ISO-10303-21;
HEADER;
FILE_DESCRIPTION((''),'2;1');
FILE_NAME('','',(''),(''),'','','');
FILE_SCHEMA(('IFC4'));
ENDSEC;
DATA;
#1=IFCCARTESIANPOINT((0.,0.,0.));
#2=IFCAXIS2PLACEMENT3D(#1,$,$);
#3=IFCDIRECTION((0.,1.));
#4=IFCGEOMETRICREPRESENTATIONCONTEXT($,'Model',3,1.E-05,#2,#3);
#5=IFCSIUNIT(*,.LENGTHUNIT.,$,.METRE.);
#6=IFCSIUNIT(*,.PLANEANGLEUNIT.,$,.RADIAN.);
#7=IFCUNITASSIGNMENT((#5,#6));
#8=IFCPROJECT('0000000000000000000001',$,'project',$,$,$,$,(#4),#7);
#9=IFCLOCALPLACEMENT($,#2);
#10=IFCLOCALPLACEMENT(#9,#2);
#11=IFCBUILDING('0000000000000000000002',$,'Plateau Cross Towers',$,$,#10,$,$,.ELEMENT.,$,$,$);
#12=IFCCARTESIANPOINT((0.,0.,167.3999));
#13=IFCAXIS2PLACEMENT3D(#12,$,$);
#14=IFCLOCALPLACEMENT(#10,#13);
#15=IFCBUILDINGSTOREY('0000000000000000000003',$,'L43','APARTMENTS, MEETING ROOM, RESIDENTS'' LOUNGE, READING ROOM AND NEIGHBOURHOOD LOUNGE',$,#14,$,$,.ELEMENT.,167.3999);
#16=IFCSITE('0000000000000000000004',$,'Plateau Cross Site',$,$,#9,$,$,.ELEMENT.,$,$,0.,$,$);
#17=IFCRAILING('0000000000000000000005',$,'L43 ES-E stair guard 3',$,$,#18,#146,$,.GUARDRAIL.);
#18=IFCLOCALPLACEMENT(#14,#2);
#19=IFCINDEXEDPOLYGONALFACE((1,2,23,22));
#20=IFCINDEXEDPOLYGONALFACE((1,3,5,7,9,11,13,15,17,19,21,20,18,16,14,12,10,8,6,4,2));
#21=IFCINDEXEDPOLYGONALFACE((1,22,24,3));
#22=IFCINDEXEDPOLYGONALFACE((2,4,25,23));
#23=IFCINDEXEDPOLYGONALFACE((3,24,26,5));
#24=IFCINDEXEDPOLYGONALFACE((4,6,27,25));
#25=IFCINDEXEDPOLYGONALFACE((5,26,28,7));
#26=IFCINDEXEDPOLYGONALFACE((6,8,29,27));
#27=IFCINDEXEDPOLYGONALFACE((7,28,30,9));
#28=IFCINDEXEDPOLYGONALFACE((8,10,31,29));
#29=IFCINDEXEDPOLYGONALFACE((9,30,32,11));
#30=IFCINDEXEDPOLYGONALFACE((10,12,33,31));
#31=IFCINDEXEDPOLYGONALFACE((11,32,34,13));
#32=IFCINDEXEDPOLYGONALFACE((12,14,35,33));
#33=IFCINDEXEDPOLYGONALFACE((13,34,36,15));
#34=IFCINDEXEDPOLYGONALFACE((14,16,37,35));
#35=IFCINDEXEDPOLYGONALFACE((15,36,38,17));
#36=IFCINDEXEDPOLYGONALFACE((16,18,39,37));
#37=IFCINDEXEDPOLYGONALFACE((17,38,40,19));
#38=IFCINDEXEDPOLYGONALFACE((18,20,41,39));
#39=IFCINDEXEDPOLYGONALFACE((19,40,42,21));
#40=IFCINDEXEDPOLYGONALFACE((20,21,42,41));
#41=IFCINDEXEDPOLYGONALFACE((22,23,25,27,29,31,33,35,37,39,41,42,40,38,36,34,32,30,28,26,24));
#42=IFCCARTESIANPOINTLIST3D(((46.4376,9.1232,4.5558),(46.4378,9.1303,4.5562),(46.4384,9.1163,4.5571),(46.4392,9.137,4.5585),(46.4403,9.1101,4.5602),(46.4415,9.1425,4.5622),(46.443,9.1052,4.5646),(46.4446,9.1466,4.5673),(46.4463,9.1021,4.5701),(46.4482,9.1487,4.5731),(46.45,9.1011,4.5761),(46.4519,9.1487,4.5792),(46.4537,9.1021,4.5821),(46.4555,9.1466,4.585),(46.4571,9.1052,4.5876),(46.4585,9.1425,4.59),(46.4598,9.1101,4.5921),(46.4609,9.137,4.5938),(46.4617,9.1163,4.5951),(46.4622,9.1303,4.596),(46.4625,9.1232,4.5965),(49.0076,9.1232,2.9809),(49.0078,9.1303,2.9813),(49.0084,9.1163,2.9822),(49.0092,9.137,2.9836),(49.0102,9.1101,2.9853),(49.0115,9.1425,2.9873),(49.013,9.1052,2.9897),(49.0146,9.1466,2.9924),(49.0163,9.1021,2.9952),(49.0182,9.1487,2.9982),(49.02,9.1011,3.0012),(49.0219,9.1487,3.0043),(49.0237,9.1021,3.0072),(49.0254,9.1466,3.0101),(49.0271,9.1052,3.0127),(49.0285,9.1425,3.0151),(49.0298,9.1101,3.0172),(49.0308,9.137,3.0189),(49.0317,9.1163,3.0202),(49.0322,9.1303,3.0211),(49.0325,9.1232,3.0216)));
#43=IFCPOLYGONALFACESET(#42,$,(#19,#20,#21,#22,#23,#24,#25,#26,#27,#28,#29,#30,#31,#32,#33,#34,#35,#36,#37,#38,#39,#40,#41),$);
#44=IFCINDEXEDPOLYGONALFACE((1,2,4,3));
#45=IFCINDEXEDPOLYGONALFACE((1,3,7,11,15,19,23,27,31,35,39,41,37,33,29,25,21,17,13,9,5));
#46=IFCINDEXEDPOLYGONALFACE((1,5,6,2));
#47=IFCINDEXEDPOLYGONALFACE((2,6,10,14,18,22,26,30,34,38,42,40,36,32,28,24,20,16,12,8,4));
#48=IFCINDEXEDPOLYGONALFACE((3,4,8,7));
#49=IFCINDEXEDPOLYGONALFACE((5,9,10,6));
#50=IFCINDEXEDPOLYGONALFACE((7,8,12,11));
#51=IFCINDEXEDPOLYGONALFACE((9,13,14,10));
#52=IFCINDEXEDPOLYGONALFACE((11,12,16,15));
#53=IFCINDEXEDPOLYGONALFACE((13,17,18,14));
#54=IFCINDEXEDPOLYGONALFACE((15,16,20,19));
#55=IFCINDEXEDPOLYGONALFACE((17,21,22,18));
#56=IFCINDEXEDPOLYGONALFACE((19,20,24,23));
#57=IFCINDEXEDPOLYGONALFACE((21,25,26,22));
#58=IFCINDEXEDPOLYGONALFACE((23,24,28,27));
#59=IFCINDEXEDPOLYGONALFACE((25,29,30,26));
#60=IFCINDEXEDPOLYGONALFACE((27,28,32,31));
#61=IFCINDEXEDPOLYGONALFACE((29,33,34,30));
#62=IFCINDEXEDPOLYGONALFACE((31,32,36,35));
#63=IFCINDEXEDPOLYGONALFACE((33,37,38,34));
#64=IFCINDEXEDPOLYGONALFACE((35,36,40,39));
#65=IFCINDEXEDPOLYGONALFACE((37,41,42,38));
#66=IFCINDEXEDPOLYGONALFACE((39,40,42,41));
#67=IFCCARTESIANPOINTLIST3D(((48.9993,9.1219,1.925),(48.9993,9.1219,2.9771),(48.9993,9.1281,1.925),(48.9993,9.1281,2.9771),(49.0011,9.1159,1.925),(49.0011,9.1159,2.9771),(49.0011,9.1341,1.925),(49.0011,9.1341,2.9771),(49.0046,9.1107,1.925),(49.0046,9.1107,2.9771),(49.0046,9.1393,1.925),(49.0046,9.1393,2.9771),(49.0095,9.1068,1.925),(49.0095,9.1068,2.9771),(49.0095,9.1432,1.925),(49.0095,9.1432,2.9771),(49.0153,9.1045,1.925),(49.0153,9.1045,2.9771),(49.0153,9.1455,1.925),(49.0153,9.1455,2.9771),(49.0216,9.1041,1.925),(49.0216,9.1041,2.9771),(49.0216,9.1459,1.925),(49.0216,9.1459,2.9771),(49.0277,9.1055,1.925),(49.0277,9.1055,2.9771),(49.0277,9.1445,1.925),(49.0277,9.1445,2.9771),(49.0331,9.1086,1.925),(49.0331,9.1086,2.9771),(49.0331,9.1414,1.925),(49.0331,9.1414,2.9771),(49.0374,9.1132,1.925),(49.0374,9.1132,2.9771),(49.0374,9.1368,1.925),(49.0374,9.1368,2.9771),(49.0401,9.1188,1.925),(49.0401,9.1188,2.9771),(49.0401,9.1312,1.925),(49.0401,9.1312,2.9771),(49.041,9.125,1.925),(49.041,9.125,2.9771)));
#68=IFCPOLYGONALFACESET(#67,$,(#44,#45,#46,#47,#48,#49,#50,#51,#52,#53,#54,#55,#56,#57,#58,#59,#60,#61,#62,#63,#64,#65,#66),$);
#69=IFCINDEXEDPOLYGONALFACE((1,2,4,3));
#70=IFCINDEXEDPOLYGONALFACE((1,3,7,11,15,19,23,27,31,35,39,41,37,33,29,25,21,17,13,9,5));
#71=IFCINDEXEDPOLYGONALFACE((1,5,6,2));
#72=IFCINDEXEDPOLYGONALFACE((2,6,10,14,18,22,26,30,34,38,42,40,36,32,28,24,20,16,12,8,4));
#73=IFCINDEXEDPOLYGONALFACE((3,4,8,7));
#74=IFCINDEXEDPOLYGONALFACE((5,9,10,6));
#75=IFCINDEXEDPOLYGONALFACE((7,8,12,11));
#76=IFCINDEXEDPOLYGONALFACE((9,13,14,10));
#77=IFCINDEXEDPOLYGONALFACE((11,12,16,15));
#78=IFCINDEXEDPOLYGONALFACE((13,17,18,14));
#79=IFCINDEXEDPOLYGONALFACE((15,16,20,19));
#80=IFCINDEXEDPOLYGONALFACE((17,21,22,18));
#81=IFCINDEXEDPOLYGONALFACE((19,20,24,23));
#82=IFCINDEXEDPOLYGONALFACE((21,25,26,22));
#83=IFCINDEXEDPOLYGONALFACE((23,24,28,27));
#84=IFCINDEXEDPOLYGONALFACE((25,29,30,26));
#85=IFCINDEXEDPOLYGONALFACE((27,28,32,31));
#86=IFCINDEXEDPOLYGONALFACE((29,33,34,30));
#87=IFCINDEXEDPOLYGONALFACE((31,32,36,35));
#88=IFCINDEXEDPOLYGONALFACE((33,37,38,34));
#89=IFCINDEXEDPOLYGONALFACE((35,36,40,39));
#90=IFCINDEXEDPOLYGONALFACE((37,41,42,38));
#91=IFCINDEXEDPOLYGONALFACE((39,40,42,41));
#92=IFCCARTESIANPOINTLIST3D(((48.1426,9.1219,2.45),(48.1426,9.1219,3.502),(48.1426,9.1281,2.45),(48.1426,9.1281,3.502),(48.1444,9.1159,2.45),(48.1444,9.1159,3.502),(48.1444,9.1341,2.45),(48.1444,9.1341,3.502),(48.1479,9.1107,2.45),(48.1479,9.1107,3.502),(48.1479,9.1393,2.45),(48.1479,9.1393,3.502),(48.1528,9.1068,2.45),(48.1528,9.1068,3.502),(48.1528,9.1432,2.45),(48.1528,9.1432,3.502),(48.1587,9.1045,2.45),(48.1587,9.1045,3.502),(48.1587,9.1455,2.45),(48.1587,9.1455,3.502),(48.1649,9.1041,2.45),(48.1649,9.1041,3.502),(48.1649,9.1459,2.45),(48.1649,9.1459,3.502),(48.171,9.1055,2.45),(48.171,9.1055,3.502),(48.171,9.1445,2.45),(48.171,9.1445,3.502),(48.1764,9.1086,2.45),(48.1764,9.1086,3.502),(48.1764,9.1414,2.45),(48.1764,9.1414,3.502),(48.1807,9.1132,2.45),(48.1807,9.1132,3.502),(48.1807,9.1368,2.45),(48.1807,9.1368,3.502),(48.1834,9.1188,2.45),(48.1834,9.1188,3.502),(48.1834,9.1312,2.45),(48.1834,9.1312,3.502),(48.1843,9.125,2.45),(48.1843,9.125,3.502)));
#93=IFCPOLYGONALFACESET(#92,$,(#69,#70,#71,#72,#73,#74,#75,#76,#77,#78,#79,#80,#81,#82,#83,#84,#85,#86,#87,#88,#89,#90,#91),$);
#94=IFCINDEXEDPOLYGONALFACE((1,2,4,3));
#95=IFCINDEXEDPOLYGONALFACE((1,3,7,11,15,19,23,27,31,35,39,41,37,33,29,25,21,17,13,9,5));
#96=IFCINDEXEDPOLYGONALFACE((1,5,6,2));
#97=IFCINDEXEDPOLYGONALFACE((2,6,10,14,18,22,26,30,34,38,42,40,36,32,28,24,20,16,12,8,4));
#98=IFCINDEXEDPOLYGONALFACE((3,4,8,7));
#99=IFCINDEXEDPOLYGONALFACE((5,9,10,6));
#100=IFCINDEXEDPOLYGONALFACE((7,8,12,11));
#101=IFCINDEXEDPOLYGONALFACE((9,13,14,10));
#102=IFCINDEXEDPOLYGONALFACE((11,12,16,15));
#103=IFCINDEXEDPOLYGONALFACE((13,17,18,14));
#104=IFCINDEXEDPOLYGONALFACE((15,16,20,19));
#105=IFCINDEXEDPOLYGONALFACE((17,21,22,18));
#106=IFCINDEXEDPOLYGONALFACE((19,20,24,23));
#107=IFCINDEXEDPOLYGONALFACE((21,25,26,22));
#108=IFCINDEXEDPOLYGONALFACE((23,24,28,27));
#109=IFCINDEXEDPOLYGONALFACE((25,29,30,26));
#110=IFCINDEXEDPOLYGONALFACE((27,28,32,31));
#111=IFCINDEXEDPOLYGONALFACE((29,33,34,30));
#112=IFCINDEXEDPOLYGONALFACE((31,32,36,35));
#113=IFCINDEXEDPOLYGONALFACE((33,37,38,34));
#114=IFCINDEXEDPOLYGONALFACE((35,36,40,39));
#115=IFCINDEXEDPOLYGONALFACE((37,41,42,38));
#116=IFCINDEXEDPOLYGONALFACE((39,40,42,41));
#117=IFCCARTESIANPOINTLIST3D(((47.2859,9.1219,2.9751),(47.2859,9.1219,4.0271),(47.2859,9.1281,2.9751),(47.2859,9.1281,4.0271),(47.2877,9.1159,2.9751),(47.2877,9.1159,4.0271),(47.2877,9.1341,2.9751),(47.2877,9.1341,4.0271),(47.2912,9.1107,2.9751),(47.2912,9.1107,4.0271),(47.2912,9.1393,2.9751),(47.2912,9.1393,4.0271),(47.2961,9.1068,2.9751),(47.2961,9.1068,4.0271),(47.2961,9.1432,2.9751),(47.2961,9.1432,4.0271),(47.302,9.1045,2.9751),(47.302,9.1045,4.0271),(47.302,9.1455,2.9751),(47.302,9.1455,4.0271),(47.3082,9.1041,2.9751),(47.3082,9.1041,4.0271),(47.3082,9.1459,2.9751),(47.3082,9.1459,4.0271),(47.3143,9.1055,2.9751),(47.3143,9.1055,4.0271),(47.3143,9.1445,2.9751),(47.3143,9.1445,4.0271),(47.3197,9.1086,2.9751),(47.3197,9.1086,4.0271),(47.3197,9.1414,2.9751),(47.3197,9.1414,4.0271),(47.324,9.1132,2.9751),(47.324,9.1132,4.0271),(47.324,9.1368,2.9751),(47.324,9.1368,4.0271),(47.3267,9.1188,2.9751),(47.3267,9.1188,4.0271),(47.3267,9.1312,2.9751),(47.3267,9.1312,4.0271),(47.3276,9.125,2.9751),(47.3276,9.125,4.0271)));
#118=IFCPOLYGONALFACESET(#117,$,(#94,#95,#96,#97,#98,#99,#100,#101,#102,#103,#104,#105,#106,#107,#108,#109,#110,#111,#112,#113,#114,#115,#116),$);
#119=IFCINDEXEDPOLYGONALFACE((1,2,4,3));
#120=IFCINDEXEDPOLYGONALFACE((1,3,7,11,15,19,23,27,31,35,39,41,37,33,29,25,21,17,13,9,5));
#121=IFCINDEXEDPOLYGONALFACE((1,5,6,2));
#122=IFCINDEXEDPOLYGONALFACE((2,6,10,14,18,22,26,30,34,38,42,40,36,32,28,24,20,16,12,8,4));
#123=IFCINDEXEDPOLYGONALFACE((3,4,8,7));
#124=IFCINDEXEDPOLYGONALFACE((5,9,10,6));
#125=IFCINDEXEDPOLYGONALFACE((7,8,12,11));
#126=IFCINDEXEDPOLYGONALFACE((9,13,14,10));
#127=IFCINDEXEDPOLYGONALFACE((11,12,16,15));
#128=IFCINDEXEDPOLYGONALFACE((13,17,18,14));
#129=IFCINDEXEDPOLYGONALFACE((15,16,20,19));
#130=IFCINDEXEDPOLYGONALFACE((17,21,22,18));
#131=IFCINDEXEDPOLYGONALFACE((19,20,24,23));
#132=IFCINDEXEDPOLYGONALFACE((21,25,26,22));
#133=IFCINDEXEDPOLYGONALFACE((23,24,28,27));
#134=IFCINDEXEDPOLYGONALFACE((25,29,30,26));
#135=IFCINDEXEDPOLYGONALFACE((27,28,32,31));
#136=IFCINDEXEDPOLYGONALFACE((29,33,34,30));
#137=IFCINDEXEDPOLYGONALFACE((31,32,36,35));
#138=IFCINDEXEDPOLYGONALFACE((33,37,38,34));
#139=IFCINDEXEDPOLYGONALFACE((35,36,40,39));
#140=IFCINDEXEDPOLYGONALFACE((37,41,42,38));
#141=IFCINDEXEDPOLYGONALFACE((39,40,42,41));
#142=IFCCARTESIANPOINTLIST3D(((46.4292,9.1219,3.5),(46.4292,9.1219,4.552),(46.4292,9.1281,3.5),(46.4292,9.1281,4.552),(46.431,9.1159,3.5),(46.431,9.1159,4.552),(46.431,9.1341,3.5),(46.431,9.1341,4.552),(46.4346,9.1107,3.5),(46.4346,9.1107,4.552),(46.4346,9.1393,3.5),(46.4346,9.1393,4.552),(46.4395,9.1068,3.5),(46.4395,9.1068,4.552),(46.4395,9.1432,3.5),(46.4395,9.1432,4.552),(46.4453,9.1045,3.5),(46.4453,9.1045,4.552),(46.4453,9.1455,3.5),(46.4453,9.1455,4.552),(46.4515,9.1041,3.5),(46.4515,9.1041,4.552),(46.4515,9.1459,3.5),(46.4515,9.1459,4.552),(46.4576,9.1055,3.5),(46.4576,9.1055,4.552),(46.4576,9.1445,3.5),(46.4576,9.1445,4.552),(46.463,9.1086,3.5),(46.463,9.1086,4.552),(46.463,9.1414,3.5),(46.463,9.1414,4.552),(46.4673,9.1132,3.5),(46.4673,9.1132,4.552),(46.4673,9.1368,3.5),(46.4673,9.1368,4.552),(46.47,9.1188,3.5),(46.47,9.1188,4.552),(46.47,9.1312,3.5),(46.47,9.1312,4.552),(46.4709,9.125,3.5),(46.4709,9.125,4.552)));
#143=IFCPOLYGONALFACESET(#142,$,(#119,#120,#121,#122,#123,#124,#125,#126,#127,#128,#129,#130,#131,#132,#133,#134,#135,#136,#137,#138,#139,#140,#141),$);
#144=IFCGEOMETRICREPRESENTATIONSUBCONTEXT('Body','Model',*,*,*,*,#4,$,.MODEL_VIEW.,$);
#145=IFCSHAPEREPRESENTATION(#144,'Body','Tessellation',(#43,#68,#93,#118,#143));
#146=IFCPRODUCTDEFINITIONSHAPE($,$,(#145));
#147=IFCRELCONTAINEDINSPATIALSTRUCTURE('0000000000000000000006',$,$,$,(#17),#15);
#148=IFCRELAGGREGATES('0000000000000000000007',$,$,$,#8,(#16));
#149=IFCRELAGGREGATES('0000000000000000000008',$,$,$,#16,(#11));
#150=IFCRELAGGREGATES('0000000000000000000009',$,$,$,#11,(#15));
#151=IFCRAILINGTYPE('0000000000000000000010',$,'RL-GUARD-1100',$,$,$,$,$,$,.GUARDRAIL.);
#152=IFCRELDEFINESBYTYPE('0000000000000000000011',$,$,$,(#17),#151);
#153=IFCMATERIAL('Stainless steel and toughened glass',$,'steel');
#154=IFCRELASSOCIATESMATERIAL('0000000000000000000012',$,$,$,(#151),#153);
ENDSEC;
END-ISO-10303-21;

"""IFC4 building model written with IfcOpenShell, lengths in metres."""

from ifc_helpers import new_model, si_unit, direction, frame, origin, origin_2d, place, context, subcontext, project, spatial, circle, extrude, material, type_object, element, save


model = new_model("IFC4")

# Units and contexts
model_context = context("Model", 3, precision=1e-05, world=origin(), true_north=direction((0.0, 1.0)))
body_context = subcontext(model_context, "Body", "Model", "MODEL_VIEW")
ifc_project = project(units=[si_unit("LENGTHUNIT", "METRE"), si_unit("PLANEANGLEUNIT", "RADIAN")], contexts=[model_context])

# Site, building, storey
site_placement = place(None, origin())
site = spatial("IfcSite", under=ifc_project, at=site_placement, Name="Plateau Cross Site", CompositionType="ELEMENT", RefElevation=0.0)
building_placement = place(site_placement, origin())
building = spatial("IfcBuilding", under=site, at=building_placement, Name="Plateau Cross Towers", CompositionType="ELEMENT")
storey_placement = place(building_placement, frame((0.0, 0.0, 167.3999)))
storey = spatial("IfcBuildingStorey", under=building, at=storey_placement, Name="L43", Description="APARTMENTS, MEETING ROOM, RESIDENTS' LOUNGE, READING ROOM AND NEIGHBOURHOOD LOUNGE", CompositionType="ELEMENT", Elevation=167.3999)

# Railing
ifc_material_1 = material(Name="Stainless steel and toughened glass", Category="steel")
railing_type_1 = type_object("IfcRailingType", Name="RL-GUARD-1100", PredefinedType="GUARDRAIL", material=ifc_material_1)
railing_1_placement = place(storey_placement, frame((49.02, 9.125, 1.925)))
element("IfcRailing", 1, at=railing_1_placement, inside=storey, type_object=railing_type_1, Name="L43 ES-E stair guard 3", PredefinedType="GUARDRAIL", context=body_context, shape_type="SweptSolid", body=[
    extrude(circle(Radius=0.0239, at=origin_2d()), frame((0.0, 0.0, 1.0762), z_axis=(-0.852639, 0.0, 0.522501), x_axis=(0.0, -1.0, 0.0)), (0.0, 0.0, 1.0), 3.0142),
    extrude(circle(Radius=0.021, at=origin_2d()), origin(), (0.0, 0.0, 1.0), 1.052),
    extrude(circle(Radius=0.021, at=origin_2d()), frame((-0.8567, 0.0, 0.5249)), (0.0, 0.0, 1.0), 1.052),
    extrude(circle(Radius=0.021, at=origin_2d()), frame((-1.7134, 0.0, 1.05)), (0.0, 0.0, 1.0), 1.052),
    extrude(circle(Radius=0.021, at=origin_2d()), frame((-2.5701, 0.0, 1.575)), (0.0, 0.0, 1.0), 1.052),
])

save(model, "model.ifc")
